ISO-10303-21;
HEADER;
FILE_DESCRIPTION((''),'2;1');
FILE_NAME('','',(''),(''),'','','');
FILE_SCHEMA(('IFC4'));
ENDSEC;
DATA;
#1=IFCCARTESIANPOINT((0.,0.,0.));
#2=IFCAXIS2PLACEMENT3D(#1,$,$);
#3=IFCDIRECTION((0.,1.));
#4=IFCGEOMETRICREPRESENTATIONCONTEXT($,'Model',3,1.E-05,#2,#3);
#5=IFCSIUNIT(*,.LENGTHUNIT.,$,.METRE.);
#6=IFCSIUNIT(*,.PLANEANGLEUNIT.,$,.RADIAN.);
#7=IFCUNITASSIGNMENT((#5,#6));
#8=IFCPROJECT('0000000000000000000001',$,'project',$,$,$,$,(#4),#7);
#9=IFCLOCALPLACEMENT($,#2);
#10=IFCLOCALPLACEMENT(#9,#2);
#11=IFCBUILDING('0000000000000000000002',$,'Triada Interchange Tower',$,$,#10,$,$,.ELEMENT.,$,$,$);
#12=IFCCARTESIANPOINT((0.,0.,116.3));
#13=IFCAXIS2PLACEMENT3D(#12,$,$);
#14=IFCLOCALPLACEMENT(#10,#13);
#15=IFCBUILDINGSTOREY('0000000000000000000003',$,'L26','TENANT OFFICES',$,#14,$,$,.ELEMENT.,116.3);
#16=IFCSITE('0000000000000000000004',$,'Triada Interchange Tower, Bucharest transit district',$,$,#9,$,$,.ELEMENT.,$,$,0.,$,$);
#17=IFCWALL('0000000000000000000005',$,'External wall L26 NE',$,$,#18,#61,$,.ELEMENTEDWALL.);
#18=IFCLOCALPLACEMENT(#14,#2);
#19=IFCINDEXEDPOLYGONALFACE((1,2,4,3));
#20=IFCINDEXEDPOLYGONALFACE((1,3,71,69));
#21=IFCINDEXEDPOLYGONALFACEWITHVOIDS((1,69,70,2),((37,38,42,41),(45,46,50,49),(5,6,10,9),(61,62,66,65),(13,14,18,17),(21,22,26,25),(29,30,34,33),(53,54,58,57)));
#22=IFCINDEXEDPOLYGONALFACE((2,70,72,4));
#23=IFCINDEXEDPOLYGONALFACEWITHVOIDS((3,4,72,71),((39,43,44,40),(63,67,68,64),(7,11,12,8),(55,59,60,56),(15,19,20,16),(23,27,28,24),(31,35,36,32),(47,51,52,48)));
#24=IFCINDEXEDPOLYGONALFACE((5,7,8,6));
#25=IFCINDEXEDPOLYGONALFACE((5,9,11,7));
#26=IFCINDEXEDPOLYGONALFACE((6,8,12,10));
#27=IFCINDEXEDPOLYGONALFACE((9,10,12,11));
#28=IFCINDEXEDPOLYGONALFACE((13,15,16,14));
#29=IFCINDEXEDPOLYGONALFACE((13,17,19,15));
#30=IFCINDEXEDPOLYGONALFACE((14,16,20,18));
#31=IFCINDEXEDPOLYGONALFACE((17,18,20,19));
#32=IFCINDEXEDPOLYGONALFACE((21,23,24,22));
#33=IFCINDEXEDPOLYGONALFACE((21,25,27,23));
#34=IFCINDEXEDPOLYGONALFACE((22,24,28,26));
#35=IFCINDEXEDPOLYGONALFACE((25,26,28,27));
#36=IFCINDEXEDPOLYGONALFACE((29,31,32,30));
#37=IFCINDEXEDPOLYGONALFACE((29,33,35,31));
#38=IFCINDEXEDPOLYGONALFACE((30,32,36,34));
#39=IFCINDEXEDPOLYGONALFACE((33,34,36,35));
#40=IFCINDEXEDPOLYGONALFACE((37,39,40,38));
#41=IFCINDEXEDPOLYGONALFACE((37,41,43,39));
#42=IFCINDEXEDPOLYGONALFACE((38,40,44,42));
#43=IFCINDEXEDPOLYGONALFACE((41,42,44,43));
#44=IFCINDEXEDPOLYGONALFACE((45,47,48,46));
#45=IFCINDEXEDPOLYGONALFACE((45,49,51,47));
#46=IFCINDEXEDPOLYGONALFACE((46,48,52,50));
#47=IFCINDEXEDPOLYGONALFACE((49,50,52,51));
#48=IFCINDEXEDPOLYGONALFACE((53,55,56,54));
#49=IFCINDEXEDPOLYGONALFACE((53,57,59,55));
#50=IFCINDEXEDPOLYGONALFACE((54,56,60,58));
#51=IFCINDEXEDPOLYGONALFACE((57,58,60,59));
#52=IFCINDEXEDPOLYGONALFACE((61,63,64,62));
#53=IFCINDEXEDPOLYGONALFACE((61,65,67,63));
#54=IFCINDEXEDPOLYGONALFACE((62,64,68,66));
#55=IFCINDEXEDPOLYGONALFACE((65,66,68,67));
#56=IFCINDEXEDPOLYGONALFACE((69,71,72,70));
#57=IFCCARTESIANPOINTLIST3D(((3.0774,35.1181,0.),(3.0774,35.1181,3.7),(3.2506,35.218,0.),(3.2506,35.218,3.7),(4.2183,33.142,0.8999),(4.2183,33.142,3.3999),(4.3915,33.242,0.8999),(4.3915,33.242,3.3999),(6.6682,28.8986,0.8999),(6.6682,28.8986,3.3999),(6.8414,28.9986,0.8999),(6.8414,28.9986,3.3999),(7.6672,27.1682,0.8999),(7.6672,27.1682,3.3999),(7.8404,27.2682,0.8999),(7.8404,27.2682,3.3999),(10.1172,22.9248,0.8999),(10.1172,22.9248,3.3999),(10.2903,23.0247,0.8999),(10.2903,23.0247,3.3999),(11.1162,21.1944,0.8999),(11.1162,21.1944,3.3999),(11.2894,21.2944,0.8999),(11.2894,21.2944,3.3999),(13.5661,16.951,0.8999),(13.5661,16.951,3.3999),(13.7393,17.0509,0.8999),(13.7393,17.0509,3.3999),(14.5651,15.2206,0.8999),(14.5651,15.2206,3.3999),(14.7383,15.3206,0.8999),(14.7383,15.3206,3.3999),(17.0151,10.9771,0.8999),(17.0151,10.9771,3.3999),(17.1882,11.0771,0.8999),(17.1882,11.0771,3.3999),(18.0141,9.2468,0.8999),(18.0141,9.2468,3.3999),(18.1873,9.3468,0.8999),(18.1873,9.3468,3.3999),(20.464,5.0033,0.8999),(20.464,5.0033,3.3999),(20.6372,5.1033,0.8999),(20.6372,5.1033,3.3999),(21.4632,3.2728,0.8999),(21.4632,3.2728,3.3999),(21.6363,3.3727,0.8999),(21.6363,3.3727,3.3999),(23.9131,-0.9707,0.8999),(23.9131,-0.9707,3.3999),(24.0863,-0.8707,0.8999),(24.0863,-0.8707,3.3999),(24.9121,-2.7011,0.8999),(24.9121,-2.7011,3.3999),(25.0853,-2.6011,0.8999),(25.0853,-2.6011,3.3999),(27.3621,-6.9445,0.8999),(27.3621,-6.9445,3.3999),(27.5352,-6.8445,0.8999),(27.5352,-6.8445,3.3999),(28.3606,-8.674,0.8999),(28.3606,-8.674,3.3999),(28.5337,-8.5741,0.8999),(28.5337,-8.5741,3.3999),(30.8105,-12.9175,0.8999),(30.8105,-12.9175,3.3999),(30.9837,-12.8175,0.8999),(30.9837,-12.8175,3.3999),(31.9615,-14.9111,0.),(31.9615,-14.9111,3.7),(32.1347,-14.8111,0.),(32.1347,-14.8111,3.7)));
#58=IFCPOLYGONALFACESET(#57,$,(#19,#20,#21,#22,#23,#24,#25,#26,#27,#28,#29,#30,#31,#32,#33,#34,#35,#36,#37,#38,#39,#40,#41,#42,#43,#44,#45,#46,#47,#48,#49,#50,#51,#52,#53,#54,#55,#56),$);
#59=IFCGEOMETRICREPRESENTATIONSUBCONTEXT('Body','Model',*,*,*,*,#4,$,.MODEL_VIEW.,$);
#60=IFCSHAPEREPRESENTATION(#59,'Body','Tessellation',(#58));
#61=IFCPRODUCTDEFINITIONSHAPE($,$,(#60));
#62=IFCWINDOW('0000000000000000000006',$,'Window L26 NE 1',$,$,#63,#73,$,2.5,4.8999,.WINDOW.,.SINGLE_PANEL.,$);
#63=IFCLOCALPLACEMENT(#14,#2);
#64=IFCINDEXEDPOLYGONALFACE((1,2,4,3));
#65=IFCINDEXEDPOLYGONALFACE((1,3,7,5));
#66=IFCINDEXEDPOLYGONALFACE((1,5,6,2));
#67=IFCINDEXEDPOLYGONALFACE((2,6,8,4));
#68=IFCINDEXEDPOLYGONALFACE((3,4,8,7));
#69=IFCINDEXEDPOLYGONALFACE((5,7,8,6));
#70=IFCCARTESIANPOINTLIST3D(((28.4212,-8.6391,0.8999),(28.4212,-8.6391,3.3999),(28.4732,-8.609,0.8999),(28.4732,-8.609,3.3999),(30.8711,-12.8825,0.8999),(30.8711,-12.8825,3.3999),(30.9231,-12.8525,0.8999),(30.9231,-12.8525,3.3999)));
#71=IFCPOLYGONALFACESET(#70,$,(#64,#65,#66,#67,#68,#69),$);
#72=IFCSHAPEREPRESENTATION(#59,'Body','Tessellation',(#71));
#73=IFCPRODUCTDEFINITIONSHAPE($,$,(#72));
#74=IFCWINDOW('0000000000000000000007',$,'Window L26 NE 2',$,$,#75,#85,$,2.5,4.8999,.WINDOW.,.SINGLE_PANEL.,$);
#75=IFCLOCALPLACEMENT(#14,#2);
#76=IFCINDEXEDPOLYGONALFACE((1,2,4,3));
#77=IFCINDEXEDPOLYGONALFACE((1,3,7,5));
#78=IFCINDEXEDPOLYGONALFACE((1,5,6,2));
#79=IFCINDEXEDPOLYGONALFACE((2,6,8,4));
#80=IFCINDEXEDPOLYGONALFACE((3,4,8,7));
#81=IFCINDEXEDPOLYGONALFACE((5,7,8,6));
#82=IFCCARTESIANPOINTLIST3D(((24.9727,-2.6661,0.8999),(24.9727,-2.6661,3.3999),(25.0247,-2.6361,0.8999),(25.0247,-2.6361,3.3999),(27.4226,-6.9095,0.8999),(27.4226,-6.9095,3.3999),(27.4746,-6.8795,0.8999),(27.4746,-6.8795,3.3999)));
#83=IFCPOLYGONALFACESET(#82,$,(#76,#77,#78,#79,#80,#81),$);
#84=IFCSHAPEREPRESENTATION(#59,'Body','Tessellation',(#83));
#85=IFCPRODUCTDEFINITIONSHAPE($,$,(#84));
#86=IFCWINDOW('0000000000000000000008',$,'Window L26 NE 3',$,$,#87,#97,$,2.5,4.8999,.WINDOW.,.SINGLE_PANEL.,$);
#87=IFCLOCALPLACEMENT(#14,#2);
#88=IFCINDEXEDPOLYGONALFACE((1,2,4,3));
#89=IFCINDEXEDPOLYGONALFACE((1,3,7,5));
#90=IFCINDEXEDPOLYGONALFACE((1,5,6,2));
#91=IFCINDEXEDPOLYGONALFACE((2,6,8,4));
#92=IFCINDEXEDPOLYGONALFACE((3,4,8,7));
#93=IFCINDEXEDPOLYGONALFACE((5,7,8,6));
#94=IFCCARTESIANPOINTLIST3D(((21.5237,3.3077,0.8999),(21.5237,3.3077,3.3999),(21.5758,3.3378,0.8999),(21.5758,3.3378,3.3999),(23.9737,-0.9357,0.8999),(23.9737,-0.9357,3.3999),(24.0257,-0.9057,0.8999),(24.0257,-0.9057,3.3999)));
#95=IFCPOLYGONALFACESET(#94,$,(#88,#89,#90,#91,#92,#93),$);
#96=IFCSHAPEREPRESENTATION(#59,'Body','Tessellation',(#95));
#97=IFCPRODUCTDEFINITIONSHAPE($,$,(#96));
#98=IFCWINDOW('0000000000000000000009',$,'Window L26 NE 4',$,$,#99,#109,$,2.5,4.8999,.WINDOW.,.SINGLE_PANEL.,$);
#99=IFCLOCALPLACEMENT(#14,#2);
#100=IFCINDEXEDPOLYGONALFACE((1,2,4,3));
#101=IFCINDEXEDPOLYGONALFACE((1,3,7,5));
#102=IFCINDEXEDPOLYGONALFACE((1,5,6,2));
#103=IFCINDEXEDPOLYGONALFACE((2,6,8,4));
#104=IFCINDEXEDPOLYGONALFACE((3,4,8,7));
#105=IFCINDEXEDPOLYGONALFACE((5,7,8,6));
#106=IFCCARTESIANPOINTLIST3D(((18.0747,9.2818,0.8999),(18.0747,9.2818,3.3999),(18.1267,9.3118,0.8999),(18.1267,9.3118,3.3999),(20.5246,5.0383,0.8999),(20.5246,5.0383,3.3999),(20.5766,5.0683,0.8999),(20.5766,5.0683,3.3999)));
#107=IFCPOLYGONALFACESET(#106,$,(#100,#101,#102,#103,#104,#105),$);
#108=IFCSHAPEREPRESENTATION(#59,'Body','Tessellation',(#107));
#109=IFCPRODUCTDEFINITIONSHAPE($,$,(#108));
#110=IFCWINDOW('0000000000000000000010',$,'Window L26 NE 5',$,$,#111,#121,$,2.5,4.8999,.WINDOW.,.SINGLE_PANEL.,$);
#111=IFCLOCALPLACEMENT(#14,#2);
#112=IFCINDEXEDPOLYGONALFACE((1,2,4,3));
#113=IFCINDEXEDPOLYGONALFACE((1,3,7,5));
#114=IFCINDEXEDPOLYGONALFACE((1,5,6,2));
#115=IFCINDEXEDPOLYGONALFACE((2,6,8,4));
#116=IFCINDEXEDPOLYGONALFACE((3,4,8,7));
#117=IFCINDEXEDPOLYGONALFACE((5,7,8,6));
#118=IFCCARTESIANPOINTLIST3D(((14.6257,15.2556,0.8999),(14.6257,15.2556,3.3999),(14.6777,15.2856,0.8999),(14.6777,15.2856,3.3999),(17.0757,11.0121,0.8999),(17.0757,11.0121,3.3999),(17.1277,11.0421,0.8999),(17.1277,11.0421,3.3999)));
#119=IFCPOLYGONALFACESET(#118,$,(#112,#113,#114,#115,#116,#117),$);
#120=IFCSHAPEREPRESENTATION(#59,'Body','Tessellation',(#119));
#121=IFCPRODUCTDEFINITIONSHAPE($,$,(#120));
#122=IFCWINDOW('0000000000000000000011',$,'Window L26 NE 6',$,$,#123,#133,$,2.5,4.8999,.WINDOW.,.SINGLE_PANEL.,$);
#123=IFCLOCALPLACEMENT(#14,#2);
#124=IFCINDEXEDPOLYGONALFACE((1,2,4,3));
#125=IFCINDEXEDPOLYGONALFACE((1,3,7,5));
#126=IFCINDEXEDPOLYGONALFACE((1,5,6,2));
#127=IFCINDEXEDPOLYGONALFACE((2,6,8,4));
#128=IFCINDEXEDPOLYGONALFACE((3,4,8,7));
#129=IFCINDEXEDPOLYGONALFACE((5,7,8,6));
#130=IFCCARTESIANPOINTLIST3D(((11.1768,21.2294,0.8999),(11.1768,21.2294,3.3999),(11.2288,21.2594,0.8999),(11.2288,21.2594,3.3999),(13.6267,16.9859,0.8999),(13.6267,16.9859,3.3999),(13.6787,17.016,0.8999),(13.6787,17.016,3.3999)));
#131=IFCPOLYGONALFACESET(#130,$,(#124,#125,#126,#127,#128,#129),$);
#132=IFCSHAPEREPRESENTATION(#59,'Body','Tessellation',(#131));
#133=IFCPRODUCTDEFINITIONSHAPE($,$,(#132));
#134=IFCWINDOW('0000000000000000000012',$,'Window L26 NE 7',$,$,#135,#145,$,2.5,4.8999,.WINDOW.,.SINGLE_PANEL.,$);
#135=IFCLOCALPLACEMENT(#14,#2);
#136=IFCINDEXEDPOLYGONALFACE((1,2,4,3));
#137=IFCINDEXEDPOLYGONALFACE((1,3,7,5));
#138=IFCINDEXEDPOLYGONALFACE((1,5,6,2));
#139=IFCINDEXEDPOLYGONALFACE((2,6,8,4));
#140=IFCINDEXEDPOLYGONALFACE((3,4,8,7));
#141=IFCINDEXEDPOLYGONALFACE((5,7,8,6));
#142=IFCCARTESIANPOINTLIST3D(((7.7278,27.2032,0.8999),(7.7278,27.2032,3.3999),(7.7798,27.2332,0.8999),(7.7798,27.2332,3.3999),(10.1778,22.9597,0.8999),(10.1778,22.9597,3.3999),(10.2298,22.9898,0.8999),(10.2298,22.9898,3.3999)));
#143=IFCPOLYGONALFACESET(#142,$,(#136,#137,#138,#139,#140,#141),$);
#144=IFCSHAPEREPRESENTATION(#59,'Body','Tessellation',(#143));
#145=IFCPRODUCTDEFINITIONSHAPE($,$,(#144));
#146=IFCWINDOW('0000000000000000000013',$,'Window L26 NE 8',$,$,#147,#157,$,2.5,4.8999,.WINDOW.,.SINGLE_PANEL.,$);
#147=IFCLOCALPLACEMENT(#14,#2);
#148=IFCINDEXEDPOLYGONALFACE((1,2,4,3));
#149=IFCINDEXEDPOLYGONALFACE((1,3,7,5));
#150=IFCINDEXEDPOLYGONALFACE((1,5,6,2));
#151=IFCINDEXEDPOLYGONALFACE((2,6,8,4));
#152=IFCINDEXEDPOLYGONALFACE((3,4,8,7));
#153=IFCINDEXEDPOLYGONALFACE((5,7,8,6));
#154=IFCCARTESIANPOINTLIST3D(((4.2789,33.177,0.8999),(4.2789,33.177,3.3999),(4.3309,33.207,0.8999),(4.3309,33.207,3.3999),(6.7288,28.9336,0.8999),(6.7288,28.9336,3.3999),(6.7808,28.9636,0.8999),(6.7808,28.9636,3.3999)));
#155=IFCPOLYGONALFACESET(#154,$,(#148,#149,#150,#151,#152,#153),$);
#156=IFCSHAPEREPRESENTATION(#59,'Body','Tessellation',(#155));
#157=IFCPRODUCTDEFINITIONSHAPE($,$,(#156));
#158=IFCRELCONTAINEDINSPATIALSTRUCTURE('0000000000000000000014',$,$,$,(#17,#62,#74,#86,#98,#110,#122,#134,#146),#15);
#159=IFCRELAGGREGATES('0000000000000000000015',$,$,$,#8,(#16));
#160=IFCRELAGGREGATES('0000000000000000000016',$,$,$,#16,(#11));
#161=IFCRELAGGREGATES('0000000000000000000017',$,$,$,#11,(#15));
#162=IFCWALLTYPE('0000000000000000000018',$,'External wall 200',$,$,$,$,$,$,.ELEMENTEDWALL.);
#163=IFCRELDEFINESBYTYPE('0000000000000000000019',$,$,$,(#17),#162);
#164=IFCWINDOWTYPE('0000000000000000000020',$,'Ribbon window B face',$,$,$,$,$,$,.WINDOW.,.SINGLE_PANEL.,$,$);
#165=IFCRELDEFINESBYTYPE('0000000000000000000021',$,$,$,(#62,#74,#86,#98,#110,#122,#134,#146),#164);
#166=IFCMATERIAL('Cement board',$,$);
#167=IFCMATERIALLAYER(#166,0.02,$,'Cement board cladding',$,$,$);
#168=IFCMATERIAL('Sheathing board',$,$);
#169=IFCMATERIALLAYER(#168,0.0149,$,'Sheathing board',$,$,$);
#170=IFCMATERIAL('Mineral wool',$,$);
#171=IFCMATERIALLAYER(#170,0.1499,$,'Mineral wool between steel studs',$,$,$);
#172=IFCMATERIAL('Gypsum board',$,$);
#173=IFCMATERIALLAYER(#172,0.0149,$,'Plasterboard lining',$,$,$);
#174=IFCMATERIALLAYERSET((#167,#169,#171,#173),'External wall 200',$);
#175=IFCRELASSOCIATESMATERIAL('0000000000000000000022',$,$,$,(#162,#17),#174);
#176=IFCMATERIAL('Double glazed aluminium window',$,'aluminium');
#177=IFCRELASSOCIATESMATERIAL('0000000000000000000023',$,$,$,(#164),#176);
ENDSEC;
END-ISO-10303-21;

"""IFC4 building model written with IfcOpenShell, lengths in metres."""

from ifc_helpers import new_model, si_unit, direction, frame, frame_2d, origin, place, context, subcontext, project, spatial, rectangle, extrude, material, layer, layer_set, layer_usage, type_object, element, fill, save


model = new_model("IFC4")

# Units and contexts
model_context = context("Model", 3, precision=1e-05, world=origin(), true_north=direction((0.0, 1.0)))
body_context = subcontext(model_context, "Body", "Model", "MODEL_VIEW")
ifc_project = project(units=[si_unit("LENGTHUNIT", "METRE"), si_unit("PLANEANGLEUNIT", "RADIAN")], contexts=[model_context])

# Site, building, storey
site_placement = place(None, origin())
site = spatial("IfcSite", under=ifc_project, at=site_placement, Name="Triada Interchange Tower, Bucharest transit district", CompositionType="ELEMENT", RefElevation=0.0)
building_placement = place(site_placement, origin())
building = spatial("IfcBuilding", under=site, at=building_placement, Name="Triada Interchange Tower", CompositionType="ELEMENT")
storey_placement = place(building_placement, frame((0.0, 0.0, 116.3)))
storey = spatial("IfcBuildingStorey", under=building, at=storey_placement, Name="L26", Description="TENANT OFFICES", CompositionType="ELEMENT", Elevation=116.3)

# Shared definitions
ifc_material_1 = material(Name="Cement board")
ifc_layer_1 = layer(ifc_material_1, 0.02, Name="Cement board cladding")
ifc_material_2 = material(Name="Sheathing board")
ifc_layer_2 = layer(ifc_material_2, 0.0149, Name="Sheathing board")
ifc_material_3 = material(Name="Mineral wool")
ifc_layer_3 = layer(ifc_material_3, 0.1499, Name="Mineral wool between steel studs")
ifc_material_4 = material(Name="Gypsum board")
ifc_layer_4 = layer(ifc_material_4, 0.0149, Name="Plasterboard lining")
ifc_layer_set_1 = layer_set([ifc_layer_1, ifc_layer_2, ifc_layer_3, ifc_layer_4], Name="External wall 200")
ifc_layer_usage = layer_usage(ifc_layer_set_1, "AXIS2", "POSITIVE", -0.1001)
wall_type_1 = type_object("IfcWallType", Name="External wall 200", PredefinedType="ELEMENTEDWALL", material=ifc_layer_set_1)
ifc_material_5 = material(Name="Double glazed aluminium window", Category="aluminium")

# Wall, openings, windows
wall_1_placement = place(storey_placement, frame((32.0481, -14.8611, 0.0), z_axis=(0.0, 0.0, 1.0), x_axis=(-0.499997, 0.866027, 0.0)))
wall_1 = element("IfcWall", 1, at=wall_1_placement, inside=storey, type_object=wall_type_1, material=ifc_layer_usage, Name="External wall L26 NE", PredefinedType="ELEMENTEDWALL", context=body_context, shape_type="SweptSolid", body=[
    extrude(rectangle(XDim=57.7686, YDim=0.2, at=frame_2d((28.8843, 0.0))), origin(), (0.0, 0.0, 1.0), 3.7),
])
opening_1_placement = place(wall_1_placement, frame((2.302, 0.0, 0.8999)))
opening_1 = element("IfcOpeningElement", 2, at=opening_1_placement, cuts=wall_1, PredefinedType="OPENING", context=body_context, shape_type="SweptSolid", body=[
    extrude(rectangle(XDim=4.8999, YDim=2.5, at=frame_2d((2.45, 1.25))), frame((0.0, 0.1099, 0.0), z_axis=(0.0, -1.0, 0.0), x_axis=(1.0, 0.0, 0.0)), (0.0, 0.0, 1.0), 0.22),
])
opening_2_placement = place(wall_1_placement, frame((9.199, 0.0, 0.8999)))
opening_2 = element("IfcOpeningElement", 3, at=opening_2_placement, cuts=wall_1, PredefinedType="OPENING", context=body_context, shape_type="SweptSolid", body=[
    extrude(rectangle(XDim=4.8999, YDim=2.5, at=frame_2d((2.45, 1.25))), frame((0.0, 0.1099, 0.0), z_axis=(0.0, -1.0, 0.0), x_axis=(1.0, 0.0, 0.0)), (0.0, 0.0, 1.0), 0.22),
])
opening_3_placement = place(wall_1_placement, frame((16.0969, 0.0, 0.8999)))
opening_3 = element("IfcOpeningElement", 4, at=opening_3_placement, cuts=wall_1, PredefinedType="OPENING", context=body_context, shape_type="SweptSolid", body=[
    extrude(rectangle(XDim=4.8999, YDim=2.5, at=frame_2d((2.45, 1.25))), frame((0.0, 0.1099, 0.0), z_axis=(0.0, -1.0, 0.0), x_axis=(1.0, 0.0, 0.0)), (0.0, 0.0, 1.0), 0.22),
])
opening_4_placement = place(wall_1_placement, frame((22.9951, 0.0, 0.8999)))
opening_4 = element("IfcOpeningElement", 5, at=opening_4_placement, cuts=wall_1, PredefinedType="OPENING", context=body_context, shape_type="SweptSolid", body=[
    extrude(rectangle(XDim=4.8999, YDim=2.5, at=frame_2d((2.45, 1.25))), frame((0.0, 0.1099, 0.0), z_axis=(0.0, -1.0, 0.0), x_axis=(1.0, 0.0, 0.0)), (0.0, 0.0, 1.0), 0.22),
])
opening_5_placement = place(wall_1_placement, frame((29.8931, 0.0, 0.8999)))
opening_5 = element("IfcOpeningElement", 6, at=opening_5_placement, cuts=wall_1, PredefinedType="OPENING", context=body_context, shape_type="SweptSolid", body=[
    extrude(rectangle(XDim=4.8999, YDim=2.5, at=frame_2d((2.45, 1.25))), frame((0.0, 0.1099, 0.0), z_axis=(0.0, -1.0, 0.0), x_axis=(1.0, 0.0, 0.0)), (0.0, 0.0, 1.0), 0.22),
])
opening_6_placement = place(wall_1_placement, frame((36.791, 0.0, 0.8999)))
opening_6 = element("IfcOpeningElement", 7, at=opening_6_placement, cuts=wall_1, PredefinedType="OPENING", context=body_context, shape_type="SweptSolid", body=[
    extrude(rectangle(XDim=4.8999, YDim=2.5, at=frame_2d((2.45, 1.25))), frame((0.0, 0.1099, 0.0), z_axis=(0.0, -1.0, 0.0), x_axis=(1.0, 0.0, 0.0)), (0.0, 0.0, 1.0), 0.22),
])
opening_7_placement = place(wall_1_placement, frame((43.689, 0.0, 0.8999)))
opening_7 = element("IfcOpeningElement", 8, at=opening_7_placement, cuts=wall_1, PredefinedType="OPENING", context=body_context, shape_type="SweptSolid", body=[
    extrude(rectangle(XDim=4.8999, YDim=2.5, at=frame_2d((2.45, 1.25))), frame((0.0, 0.1099, 0.0), z_axis=(0.0, -1.0, 0.0), x_axis=(1.0, 0.0, 0.0)), (0.0, 0.0, 1.0), 0.22),
])
opening_8_placement = place(wall_1_placement, frame((50.5869, 0.0, 0.8999)))
opening_8 = element("IfcOpeningElement", 9, at=opening_8_placement, cuts=wall_1, PredefinedType="OPENING", context=body_context, shape_type="SweptSolid", body=[
    extrude(rectangle(XDim=4.8999, YDim=2.5, at=frame_2d((2.45, 1.25))), frame((0.0, 0.1099, 0.0), z_axis=(0.0, -1.0, 0.0), x_axis=(1.0, 0.0, 0.0)), (0.0, 0.0, 1.0), 0.22),
])
window_type_1 = type_object("IfcWindowType", Name="Ribbon window B face", PartitioningType="SINGLE_PANEL", PredefinedType="WINDOW", material=ifc_material_5)
window_1_placement = place(opening_1_placement, origin())
window_1 = element("IfcWindow", 10, at=window_1_placement, inside=storey, type_object=window_type_1, Name="Window L26 NE 1", OverallHeight=2.5, OverallWidth=4.8999, PartitioningType="SINGLE_PANEL", PredefinedType="WINDOW", context=body_context, shape_type="SweptSolid", body=[
    extrude(rectangle(XDim=4.8999, YDim=2.5, at=frame_2d((2.45, 1.25))), frame((0.0, 0.03, 0.0), z_axis=(0.0, -1.0, 0.0), x_axis=(1.0, 0.0, 0.0)), (0.0, 0.0, 1.0), 0.0601),
])
fill(opening_1, window_1)
window_2_placement = place(opening_2_placement, origin())
window_2 = element("IfcWindow", 11, at=window_2_placement, inside=storey, type_object=window_type_1, Name="Window L26 NE 2", OverallHeight=2.5, OverallWidth=4.8999, PartitioningType="SINGLE_PANEL", PredefinedType="WINDOW", context=body_context, shape_type="SweptSolid", body=[
    extrude(rectangle(XDim=4.8999, YDim=2.5, at=frame_2d((2.45, 1.25))), frame((0.0, 0.03, 0.0), z_axis=(0.0, -1.0, 0.0), x_axis=(1.0, 0.0, 0.0)), (0.0, 0.0, 1.0), 0.0601),
])
fill(opening_2, window_2)
window_3_placement = place(opening_3_placement, origin())
window_3 = element("IfcWindow", 12, at=window_3_placement, inside=storey, type_object=window_type_1, Name="Window L26 NE 3", OverallHeight=2.5, OverallWidth=4.8999, PartitioningType="SINGLE_PANEL", PredefinedType="WINDOW", context=body_context, shape_type="SweptSolid", body=[
    extrude(rectangle(XDim=4.8999, YDim=2.5, at=frame_2d((2.45, 1.25))), frame((0.0, 0.03, 0.0), z_axis=(0.0, -1.0, 0.0), x_axis=(1.0, 0.0, 0.0)), (0.0, 0.0, 1.0), 0.0601),
])
fill(opening_3, window_3)
window_4_placement = place(opening_4_placement, origin())
window_4 = element("IfcWindow", 13, at=window_4_placement, inside=storey, type_object=window_type_1, Name="Window L26 NE 4", OverallHeight=2.5, OverallWidth=4.8999, PartitioningType="SINGLE_PANEL", PredefinedType="WINDOW", context=body_context, shape_type="SweptSolid", body=[
    extrude(rectangle(XDim=4.8999, YDim=2.5, at=frame_2d((2.45, 1.25))), frame((0.0, 0.03, 0.0), z_axis=(0.0, -1.0, 0.0), x_axis=(1.0, 0.0, 0.0)), (0.0, 0.0, 1.0), 0.0601),
])
fill(opening_4, window_4)
window_5_placement = place(opening_5_placement, origin())
window_5 = element("IfcWindow", 14, at=window_5_placement, inside=storey, type_object=window_type_1, Name="Window L26 NE 5", OverallHeight=2.5, OverallWidth=4.8999, PartitioningType="SINGLE_PANEL", PredefinedType="WINDOW", context=body_context, shape_type="SweptSolid", body=[
    extrude(rectangle(XDim=4.8999, YDim=2.5, at=frame_2d((2.45, 1.25))), frame((0.0, 0.03, 0.0), z_axis=(0.0, -1.0, 0.0), x_axis=(1.0, 0.0, 0.0)), (0.0, 0.0, 1.0), 0.0601),
])
fill(opening_5, window_5)
window_6_placement = place(opening_6_placement, origin())
window_6 = element("IfcWindow", 15, at=window_6_placement, inside=storey, type_object=window_type_1, Name="Window L26 NE 6", OverallHeight=2.5, OverallWidth=4.8999, PartitioningType="SINGLE_PANEL", PredefinedType="WINDOW", context=body_context, shape_type="SweptSolid", body=[
    extrude(rectangle(XDim=4.8999, YDim=2.5, at=frame_2d((2.45, 1.25))), frame((0.0, 0.03, 0.0), z_axis=(0.0, -1.0, 0.0), x_axis=(1.0, 0.0, 0.0)), (0.0, 0.0, 1.0), 0.0601),
])
fill(opening_6, window_6)
window_7_placement = place(opening_7_placement, origin())
window_7 = element("IfcWindow", 16, at=window_7_placement, inside=storey, type_object=window_type_1, Name="Window L26 NE 7", OverallHeight=2.5, OverallWidth=4.8999, PartitioningType="SINGLE_PANEL", PredefinedType="WINDOW", context=body_context, shape_type="SweptSolid", body=[
    extrude(rectangle(XDim=4.8999, YDim=2.5, at=frame_2d((2.45, 1.25))), frame((0.0, 0.03, 0.0), z_axis=(0.0, -1.0, 0.0), x_axis=(1.0, 0.0, 0.0)), (0.0, 0.0, 1.0), 0.0601),
])
fill(opening_7, window_7)
window_8_placement = place(opening_8_placement, origin())
window_8 = element("IfcWindow", 17, at=window_8_placement, inside=storey, type_object=window_type_1, Name="Window L26 NE 8", OverallHeight=2.5, OverallWidth=4.8999, PartitioningType="SINGLE_PANEL", PredefinedType="WINDOW", context=body_context, shape_type="SweptSolid", body=[
    extrude(rectangle(XDim=4.8999, YDim=2.5, at=frame_2d((2.45, 1.25))), frame((0.0, 0.03, 0.0), z_axis=(0.0, -1.0, 0.0), x_axis=(1.0, 0.0, 0.0)), (0.0, 0.0, 1.0), 0.0601),
])
fill(opening_8, window_8)

save(model, "model.ifc")
